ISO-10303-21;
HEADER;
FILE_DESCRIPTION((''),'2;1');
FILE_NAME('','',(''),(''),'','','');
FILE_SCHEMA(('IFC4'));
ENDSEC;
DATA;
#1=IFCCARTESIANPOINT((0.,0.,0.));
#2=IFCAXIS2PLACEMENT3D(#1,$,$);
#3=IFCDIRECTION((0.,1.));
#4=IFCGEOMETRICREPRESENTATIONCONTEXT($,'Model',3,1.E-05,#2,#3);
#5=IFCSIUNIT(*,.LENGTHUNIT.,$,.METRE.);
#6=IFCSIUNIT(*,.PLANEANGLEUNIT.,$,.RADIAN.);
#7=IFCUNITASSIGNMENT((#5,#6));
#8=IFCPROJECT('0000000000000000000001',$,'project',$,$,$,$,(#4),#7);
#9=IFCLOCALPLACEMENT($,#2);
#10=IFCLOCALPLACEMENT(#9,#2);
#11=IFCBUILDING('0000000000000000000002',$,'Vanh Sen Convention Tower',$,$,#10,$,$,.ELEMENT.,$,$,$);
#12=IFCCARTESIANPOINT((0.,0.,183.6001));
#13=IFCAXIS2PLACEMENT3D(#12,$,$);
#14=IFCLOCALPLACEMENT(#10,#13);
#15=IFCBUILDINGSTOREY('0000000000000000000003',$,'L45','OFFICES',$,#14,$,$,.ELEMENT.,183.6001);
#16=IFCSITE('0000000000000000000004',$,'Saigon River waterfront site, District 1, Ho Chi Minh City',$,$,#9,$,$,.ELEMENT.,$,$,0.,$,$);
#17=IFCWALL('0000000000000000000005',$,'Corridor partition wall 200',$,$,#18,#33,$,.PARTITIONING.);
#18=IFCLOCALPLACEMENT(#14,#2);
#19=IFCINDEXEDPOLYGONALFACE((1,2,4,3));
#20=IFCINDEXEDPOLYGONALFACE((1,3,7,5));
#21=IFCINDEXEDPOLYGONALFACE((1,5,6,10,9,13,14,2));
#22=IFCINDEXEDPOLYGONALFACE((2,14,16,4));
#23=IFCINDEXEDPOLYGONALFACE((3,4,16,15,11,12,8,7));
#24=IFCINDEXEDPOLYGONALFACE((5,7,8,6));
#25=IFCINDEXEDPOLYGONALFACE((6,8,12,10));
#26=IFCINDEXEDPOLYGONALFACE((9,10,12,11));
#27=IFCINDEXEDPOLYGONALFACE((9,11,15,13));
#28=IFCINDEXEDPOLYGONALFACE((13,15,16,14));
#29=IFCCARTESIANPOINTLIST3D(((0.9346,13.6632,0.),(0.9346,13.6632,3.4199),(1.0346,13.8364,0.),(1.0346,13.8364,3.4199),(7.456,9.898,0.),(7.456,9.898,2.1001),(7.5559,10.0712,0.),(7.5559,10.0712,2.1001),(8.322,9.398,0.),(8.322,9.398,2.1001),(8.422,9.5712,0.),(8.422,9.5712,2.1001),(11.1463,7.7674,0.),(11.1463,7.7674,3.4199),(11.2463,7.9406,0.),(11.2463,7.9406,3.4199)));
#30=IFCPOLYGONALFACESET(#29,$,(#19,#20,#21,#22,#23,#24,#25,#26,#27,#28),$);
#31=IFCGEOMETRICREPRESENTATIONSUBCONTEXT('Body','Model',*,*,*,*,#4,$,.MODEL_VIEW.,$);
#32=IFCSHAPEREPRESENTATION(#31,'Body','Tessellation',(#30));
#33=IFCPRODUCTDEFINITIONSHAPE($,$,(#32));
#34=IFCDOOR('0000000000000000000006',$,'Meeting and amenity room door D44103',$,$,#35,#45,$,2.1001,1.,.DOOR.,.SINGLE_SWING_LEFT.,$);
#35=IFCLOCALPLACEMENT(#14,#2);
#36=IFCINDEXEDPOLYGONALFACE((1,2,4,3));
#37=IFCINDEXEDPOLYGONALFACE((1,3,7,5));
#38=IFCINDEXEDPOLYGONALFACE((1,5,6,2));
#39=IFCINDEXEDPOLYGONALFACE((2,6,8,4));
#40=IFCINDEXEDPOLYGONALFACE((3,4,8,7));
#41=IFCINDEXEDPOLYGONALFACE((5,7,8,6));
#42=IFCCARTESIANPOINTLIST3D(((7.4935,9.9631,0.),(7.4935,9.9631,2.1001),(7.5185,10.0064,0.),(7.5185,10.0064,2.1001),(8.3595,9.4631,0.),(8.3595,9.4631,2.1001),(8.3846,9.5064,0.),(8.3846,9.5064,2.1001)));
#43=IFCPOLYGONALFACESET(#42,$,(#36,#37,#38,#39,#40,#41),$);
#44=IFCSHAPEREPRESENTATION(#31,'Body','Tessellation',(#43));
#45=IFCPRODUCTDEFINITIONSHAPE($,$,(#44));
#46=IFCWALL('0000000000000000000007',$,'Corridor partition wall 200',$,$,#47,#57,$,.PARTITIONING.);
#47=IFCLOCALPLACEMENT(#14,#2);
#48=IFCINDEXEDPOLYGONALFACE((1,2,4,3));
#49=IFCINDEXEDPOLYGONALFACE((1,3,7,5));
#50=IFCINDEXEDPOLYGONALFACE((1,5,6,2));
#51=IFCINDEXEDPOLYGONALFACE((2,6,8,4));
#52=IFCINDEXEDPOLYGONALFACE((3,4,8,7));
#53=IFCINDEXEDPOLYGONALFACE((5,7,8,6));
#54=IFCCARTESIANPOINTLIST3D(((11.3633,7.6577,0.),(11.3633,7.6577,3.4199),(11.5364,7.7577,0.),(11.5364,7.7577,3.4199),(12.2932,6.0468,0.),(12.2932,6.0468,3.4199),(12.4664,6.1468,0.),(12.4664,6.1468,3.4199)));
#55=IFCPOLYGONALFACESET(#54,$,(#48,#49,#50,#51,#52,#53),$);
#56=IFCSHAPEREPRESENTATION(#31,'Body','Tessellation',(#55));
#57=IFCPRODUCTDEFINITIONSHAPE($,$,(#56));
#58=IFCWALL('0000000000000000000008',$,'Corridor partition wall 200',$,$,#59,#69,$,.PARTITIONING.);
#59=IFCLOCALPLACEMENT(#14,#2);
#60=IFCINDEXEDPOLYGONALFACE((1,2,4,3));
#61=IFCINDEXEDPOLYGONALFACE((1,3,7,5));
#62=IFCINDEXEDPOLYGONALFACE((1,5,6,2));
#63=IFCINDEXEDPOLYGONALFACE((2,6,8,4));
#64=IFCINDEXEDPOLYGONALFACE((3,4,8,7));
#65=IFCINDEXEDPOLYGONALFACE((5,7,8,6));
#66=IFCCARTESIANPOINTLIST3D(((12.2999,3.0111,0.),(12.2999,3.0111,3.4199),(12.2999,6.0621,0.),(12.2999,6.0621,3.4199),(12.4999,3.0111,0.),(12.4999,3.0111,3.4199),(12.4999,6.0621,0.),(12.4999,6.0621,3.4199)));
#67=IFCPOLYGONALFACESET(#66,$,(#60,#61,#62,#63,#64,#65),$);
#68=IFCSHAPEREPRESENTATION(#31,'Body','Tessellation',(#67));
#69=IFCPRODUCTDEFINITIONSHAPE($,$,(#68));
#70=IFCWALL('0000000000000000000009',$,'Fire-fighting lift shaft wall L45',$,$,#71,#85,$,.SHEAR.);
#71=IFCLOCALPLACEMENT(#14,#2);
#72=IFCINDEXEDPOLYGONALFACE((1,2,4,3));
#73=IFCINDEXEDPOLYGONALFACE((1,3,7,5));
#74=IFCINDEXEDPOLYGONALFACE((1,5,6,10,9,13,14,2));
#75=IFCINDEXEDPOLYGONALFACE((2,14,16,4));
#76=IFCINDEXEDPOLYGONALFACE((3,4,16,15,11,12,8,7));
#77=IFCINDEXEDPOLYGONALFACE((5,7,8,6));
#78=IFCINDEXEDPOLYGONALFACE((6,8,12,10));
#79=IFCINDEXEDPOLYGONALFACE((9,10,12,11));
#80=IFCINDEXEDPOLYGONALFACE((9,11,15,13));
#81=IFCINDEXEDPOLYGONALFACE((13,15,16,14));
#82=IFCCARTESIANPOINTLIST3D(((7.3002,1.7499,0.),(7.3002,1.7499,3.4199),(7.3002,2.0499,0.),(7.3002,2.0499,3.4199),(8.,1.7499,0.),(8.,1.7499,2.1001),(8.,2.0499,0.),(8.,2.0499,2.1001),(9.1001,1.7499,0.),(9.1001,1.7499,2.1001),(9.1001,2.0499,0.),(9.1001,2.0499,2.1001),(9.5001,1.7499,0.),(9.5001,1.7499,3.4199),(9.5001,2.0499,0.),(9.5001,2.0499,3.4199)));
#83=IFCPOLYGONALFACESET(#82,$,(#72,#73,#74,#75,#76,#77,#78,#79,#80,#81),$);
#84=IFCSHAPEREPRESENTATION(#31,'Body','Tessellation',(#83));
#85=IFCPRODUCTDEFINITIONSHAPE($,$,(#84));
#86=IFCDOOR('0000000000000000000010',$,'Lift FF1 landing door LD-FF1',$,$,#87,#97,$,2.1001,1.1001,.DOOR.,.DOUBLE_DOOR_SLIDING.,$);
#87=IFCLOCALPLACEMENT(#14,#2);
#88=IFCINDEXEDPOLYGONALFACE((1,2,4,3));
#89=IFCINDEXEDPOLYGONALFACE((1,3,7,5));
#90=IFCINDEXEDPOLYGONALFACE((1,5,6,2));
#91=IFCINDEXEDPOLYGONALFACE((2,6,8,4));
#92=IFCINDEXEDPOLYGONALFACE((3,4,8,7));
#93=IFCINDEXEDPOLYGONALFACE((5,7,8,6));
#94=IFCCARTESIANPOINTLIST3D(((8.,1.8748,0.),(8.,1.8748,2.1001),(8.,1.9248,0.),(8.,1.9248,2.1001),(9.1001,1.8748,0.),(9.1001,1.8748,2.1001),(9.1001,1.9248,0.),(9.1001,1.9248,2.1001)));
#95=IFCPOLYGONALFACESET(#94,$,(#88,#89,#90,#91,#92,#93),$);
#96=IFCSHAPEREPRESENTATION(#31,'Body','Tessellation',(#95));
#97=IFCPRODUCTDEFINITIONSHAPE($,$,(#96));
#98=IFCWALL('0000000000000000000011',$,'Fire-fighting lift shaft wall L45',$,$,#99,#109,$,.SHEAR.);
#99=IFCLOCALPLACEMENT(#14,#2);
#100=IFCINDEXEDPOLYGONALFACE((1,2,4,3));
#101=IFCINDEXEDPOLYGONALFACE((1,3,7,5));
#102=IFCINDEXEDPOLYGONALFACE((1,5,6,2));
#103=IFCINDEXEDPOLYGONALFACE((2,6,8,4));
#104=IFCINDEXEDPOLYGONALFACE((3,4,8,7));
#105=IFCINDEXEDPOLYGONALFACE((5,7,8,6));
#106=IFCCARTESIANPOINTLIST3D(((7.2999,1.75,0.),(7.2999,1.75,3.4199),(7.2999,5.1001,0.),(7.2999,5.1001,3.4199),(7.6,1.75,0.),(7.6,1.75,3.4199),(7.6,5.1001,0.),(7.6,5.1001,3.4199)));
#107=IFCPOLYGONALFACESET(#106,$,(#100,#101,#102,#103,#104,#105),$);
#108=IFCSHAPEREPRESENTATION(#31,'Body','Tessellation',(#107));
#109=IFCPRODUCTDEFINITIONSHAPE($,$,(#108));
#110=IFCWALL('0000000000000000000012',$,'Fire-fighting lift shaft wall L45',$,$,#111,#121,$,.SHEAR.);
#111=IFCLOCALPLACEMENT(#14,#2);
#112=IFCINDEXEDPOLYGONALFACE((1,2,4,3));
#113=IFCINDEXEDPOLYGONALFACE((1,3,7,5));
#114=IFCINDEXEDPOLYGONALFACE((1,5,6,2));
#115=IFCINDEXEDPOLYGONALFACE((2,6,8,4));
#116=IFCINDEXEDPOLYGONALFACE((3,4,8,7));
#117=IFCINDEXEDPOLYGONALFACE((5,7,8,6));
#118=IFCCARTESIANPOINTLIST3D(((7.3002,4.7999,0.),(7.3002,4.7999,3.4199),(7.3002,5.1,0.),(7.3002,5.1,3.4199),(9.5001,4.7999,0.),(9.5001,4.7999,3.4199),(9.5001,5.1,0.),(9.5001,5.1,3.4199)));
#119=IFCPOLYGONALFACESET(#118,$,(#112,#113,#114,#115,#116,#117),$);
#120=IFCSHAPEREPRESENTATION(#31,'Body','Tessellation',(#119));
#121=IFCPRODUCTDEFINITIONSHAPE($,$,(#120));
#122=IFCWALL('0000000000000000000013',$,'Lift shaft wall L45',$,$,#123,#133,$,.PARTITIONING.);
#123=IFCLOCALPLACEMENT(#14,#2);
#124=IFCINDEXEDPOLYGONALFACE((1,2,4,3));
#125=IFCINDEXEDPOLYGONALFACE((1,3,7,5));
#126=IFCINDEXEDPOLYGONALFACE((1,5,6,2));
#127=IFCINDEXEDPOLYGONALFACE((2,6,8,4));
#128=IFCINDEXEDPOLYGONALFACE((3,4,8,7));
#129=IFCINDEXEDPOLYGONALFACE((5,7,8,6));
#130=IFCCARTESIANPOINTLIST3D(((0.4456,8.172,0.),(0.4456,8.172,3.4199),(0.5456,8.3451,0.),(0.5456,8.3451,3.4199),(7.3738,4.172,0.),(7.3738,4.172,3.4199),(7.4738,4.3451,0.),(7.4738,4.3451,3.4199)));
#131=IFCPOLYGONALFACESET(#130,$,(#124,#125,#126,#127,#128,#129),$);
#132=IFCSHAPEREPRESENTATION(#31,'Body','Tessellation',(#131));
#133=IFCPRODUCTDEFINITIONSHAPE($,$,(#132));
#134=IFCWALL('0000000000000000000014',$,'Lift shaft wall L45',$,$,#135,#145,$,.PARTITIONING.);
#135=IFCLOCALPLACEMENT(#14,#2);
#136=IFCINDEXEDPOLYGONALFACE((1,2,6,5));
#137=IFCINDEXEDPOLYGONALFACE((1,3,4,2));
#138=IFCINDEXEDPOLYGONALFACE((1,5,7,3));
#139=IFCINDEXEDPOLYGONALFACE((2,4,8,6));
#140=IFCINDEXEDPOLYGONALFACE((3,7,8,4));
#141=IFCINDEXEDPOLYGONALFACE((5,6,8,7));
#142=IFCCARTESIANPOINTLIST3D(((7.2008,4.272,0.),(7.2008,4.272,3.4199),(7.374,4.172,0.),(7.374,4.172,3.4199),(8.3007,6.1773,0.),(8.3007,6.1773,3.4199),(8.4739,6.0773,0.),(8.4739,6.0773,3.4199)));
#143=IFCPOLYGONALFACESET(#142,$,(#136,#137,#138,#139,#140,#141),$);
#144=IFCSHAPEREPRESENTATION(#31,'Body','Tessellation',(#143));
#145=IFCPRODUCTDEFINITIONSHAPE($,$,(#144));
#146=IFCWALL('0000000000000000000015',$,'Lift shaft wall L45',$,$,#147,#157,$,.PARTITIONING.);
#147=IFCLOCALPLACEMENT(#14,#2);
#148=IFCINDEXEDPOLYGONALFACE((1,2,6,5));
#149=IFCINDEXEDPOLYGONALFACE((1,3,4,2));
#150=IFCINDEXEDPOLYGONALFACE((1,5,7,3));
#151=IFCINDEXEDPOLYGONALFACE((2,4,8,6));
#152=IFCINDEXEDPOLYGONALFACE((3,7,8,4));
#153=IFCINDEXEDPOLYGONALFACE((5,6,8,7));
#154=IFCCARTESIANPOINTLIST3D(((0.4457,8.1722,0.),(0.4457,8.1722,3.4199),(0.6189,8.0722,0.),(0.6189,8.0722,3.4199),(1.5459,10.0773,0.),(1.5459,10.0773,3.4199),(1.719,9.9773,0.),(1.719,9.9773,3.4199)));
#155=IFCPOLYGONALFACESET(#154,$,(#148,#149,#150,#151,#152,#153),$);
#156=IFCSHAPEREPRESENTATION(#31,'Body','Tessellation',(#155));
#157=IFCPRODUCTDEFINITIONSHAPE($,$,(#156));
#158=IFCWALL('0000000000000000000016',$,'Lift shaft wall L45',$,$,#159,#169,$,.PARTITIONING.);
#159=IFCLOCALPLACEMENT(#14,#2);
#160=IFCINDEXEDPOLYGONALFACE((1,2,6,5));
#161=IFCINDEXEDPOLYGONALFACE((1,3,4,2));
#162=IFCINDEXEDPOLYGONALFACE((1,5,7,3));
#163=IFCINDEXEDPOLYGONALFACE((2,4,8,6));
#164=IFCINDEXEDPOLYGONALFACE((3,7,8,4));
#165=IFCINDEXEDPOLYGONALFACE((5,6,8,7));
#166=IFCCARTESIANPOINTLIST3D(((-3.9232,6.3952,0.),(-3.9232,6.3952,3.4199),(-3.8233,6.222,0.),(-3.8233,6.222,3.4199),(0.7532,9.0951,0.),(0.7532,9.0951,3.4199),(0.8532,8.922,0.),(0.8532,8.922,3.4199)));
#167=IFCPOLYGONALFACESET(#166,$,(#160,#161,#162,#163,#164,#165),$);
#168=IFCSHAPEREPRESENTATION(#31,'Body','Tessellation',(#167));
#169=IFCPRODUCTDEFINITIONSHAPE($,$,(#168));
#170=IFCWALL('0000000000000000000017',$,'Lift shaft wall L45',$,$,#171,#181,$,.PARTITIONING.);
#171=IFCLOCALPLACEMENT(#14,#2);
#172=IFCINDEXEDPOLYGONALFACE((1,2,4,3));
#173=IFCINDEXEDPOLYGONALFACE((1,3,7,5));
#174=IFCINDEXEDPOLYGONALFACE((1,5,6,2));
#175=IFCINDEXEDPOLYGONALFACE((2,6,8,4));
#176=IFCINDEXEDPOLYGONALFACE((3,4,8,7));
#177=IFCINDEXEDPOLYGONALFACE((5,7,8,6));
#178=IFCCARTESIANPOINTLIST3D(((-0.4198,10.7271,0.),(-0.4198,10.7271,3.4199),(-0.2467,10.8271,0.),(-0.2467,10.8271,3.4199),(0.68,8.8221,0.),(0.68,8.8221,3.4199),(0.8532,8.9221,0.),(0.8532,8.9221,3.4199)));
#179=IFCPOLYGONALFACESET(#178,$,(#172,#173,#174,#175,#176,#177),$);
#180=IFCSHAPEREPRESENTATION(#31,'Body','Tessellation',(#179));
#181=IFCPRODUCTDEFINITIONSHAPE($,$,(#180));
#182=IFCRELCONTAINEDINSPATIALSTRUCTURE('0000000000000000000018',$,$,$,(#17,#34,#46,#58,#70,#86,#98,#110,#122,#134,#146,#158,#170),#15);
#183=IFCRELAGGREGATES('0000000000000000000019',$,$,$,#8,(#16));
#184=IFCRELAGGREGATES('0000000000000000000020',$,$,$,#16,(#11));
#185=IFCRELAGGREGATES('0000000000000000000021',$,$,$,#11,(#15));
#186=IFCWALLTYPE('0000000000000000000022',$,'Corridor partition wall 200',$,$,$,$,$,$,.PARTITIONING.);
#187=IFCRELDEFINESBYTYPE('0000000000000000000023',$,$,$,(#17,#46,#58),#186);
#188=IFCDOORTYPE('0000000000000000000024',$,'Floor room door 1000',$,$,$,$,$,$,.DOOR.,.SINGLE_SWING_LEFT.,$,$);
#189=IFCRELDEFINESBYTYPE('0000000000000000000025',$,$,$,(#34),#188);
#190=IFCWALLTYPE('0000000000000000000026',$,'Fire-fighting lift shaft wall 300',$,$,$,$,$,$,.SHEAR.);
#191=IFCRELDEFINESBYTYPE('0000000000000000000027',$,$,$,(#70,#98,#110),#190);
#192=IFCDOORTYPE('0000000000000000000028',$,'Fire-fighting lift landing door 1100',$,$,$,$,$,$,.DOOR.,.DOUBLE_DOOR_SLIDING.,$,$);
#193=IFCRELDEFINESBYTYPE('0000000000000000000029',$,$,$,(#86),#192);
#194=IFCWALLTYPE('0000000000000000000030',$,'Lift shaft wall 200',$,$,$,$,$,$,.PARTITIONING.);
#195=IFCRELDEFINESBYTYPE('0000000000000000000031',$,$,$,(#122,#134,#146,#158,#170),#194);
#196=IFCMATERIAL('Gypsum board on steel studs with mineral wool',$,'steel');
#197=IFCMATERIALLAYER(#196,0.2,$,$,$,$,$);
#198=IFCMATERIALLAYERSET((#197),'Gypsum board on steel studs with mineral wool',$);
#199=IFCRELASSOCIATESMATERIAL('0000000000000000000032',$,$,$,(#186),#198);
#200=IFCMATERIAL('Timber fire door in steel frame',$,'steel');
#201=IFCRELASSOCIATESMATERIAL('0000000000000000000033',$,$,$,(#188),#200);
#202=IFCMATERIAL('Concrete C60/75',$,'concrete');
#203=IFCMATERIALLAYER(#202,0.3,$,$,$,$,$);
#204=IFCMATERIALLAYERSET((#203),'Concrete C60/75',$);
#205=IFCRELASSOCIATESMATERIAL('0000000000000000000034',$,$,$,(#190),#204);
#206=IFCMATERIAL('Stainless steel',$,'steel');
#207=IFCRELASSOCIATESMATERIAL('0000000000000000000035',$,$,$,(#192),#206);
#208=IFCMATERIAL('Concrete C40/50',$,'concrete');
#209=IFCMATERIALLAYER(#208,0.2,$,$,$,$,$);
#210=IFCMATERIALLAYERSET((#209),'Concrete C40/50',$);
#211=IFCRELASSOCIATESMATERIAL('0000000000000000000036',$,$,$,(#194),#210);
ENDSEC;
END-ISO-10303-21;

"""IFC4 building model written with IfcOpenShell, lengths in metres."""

from ifc_helpers import new_model, si_unit, direction, frame, frame_2d, origin, place, context, subcontext, project, spatial, rectangle, extrude, material, layer, layer_set, type_object, element, fill, save


model = new_model("IFC4")

# Units and contexts
model_context = context("Model", 3, precision=1e-05, world=origin(), true_north=direction((0.0, 1.0)))
body_context = subcontext(model_context, "Body", "Model", "MODEL_VIEW")
ifc_project = project(units=[si_unit("LENGTHUNIT", "METRE"), si_unit("PLANEANGLEUNIT", "RADIAN")], contexts=[model_context])

# Site, building, storey
site_placement = place(None, origin())
site = spatial("IfcSite", under=ifc_project, at=site_placement, Name="Saigon River waterfront site, District 1, Ho Chi Minh City", CompositionType="ELEMENT", RefElevation=0.0)
building_placement = place(site_placement, origin())
building = spatial("IfcBuilding", under=site, at=building_placement, Name="Vanh Sen Convention Tower", CompositionType="ELEMENT")
storey_placement = place(building_placement, frame((0.0, 0.0, 183.6001)))
storey = spatial("IfcBuildingStorey", under=building, at=storey_placement, Name="L45", Description="OFFICES", CompositionType="ELEMENT", Elevation=183.6001)

# Wall, opening, door
ifc_material_1 = material(Name="Gypsum board on steel studs with mineral wool", Category="steel")
ifc_layer_1 = layer(ifc_material_1, 0.2)
ifc_layer_set_1 = layer_set([ifc_layer_1], Name="Gypsum board on steel studs with mineral wool")
wall_type_1 = type_object("IfcWallType", Name="Corridor partition wall 200", PredefinedType="PARTITIONING", material=ifc_layer_set_1)
wall_1_placement = place(storey_placement, frame((11.1963, 7.854, 0.0), z_axis=(0.0, 0.0, 1.0), x_axis=(-0.866024, 0.500003, 0.0)))
wall_1 = element("IfcWall", 1, at=wall_1_placement, inside=storey, type_object=wall_type_1, Name="Corridor partition wall 200", PredefinedType="PARTITIONING", context=body_context, shape_type="SweptSolid", body=[
    extrude(rectangle(XDim=11.7915, YDim=0.2, at=frame_2d((5.8958, 0.0))), origin(), (0.0, 0.0, 1.0), 3.4199),
])
opening_1_placement = place(wall_1_placement, frame((3.2612, 0.0, 0.0)))
opening_1 = element("IfcOpeningElement", 2, at=opening_1_placement, cuts=wall_1, PredefinedType="OPENING", context=body_context, shape_type="SweptSolid", body=[
    extrude(rectangle(XDim=1.0, YDim=2.1001, at=frame_2d((0.5, 1.05))), frame((0.0, 0.1099, 0.0), z_axis=(0.0, -1.0, 0.0), x_axis=(1.0, 0.0, 0.0)), (0.0, 0.0, 1.0), 0.22),
])
ifc_material_2 = material(Name="Timber fire door in steel frame", Category="steel")
door_type_1 = type_object("IfcDoorType", Name="Floor room door 1000", OperationType="SINGLE_SWING_LEFT", PredefinedType="DOOR", material=ifc_material_2)
door_1_placement = place(opening_1_placement, origin())
door_1 = element("IfcDoor", 3, at=door_1_placement, inside=storey, type_object=door_type_1, Name="Meeting and amenity room door D44103", OperationType="SINGLE_SWING_LEFT", OverallHeight=2.1001, OverallWidth=1.0, PredefinedType="DOOR", context=body_context, shape_type="SweptSolid", body=[
    extrude(rectangle(XDim=1.0, YDim=2.1001, at=frame_2d((0.5, 1.05))), frame((0.0, 0.0249, 0.0), z_axis=(0.0, -1.0, 0.0), x_axis=(1.0, 0.0, 0.0)), (0.0, 0.0, 1.0), 0.05),
])
fill(opening_1, door_1)

# Walls
wall_2_placement = place(storey_placement, frame((12.3799, 6.0967, 0.0), z_axis=(0.0, 0.0, 1.0), x_axis=(-0.499965, 0.866046, 0.0)))
element("IfcWall", 4, at=wall_2_placement, inside=storey, type_object=wall_type_1, Name="Corridor partition wall 200", PredefinedType="PARTITIONING", context=body_context, shape_type="SweptSolid", body=[
    extrude(rectangle(XDim=1.8601, YDim=0.2, at=frame_2d((0.9302, 0.0))), origin(), (0.0, 0.0, 1.0), 3.4199),
])
wall_3_placement = place(storey_placement, frame((12.3999, 3.0112, 0.0), z_axis=(0.0, 0.0, 1.0), x_axis=(0.0, 1.0, 0.0)))
element("IfcWall", 5, at=wall_3_placement, inside=storey, type_object=wall_type_1, Name="Corridor partition wall 200", PredefinedType="PARTITIONING", context=body_context, shape_type="SweptSolid", body=[
    extrude(rectangle(XDim=3.051, YDim=0.2, at=frame_2d((1.5254, 0.0))), origin(), (0.0, 0.0, 1.0), 3.4199),
])

# Wall, opening, door
ifc_material_3 = material(Name="Concrete C60/75", Category="concrete")
ifc_layer_2 = layer(ifc_material_3, 0.3)
ifc_layer_set_2 = layer_set([ifc_layer_2], Name="Concrete C60/75")
wall_type_2 = type_object("IfcWallType", Name="Fire-fighting lift shaft wall 300", PredefinedType="SHEAR", material=ifc_layer_set_2)
wall_4_placement = place(storey_placement, frame((7.3, 1.8999, 0.0), z_axis=(0.0, 0.0, 1.0), x_axis=(1.0, 0.0, 0.0)))
wall_4 = element("IfcWall", 6, at=wall_4_placement, inside=storey, type_object=wall_type_2, Name="Fire-fighting lift shaft wall L45", PredefinedType="SHEAR", context=body_context, shape_type="SweptSolid", body=[
    extrude(rectangle(XDim=2.2, YDim=0.3, at=frame_2d((1.1001, 0.0))), origin(), (0.0, 0.0, 1.0), 3.4199),
])
opening_2_placement = place(wall_4_placement, frame((0.7, 0.0, 0.0)))
opening_2 = element("IfcOpeningElement", 7, at=opening_2_placement, cuts=wall_4, PredefinedType="OPENING", context=body_context, shape_type="SweptSolid", body=[
    extrude(rectangle(XDim=1.1001, YDim=2.1001, at=frame_2d((0.55, 1.05))), frame((0.0, 0.1599, 0.0), z_axis=(0.0, -1.0, 0.0), x_axis=(1.0, 0.0, 0.0)), (0.0, 0.0, 1.0), 0.3201),
])
ifc_material_4 = material(Name="Stainless steel", Category="steel")
door_type_2 = type_object("IfcDoorType", Name="Fire-fighting lift landing door 1100", OperationType="DOUBLE_DOOR_SLIDING", PredefinedType="DOOR", material=ifc_material_4)
door_2_placement = place(opening_2_placement, origin())
door_2 = element("IfcDoor", 8, at=door_2_placement, inside=storey, type_object=door_type_2, Name="Lift FF1 landing door LD-FF1", OperationType="DOUBLE_DOOR_SLIDING", OverallHeight=2.1001, OverallWidth=1.1001, PredefinedType="DOOR", context=body_context, shape_type="SweptSolid", body=[
    extrude(rectangle(XDim=1.1001, YDim=2.1001, at=frame_2d((0.55, 1.05))), frame((0.0, 0.0249, 0.0), z_axis=(0.0, -1.0, 0.0), x_axis=(1.0, 0.0, 0.0)), (0.0, 0.0, 1.0), 0.05),
])
fill(opening_2, door_2)

# Walls
wall_5_placement = place(storey_placement, frame((7.45, 1.75, 0.0), z_axis=(0.0, 0.0, 1.0), x_axis=(0.0, 1.0, 0.0)))
element("IfcWall", 9, at=wall_5_placement, inside=storey, type_object=wall_type_2, Name="Fire-fighting lift shaft wall L45", PredefinedType="SHEAR", context=body_context, shape_type="SweptSolid", body=[
    extrude(rectangle(XDim=3.3501, YDim=0.3, at=frame_2d((1.675, 0.0))), origin(), (0.0, 0.0, 1.0), 3.4199),
])
wall_6_placement = place(storey_placement, frame((7.3, 4.95, 0.0), z_axis=(0.0, 0.0, 1.0), x_axis=(1.0, 0.0, 0.0)))
element("IfcWall", 10, at=wall_6_placement, inside=storey, type_object=wall_type_2, Name="Fire-fighting lift shaft wall L45", PredefinedType="SHEAR", context=body_context, shape_type="SweptSolid", body=[
    extrude(rectangle(XDim=2.2, YDim=0.3, at=frame_2d((1.1001, 0.0))), origin(), (0.0, 0.0, 1.0), 3.4199),
])
ifc_material_5 = material(Name="Concrete C40/50", Category="concrete")
ifc_layer_3 = layer(ifc_material_5, 0.2)
ifc_layer_set_3 = layer_set([ifc_layer_3], Name="Concrete C40/50")
wall_type_3 = type_object("IfcWallType", Name="Lift shaft wall 200", PredefinedType="PARTITIONING", material=ifc_layer_set_3)
wall_7_placement = place(storey_placement, frame((7.4238, 4.2585, 0.0), z_axis=(0.0, 0.0, 1.0), x_axis=(-0.866026, 0.499999, 0.0)))
element("IfcWall", 11, at=wall_7_placement, inside=storey, type_object=wall_type_3, Name="Lift shaft wall L45", PredefinedType="PARTITIONING", context=body_context, shape_type="SweptSolid", body=[
    extrude(rectangle(XDim=8.0, YDim=0.2, at=frame_2d((4.0, 0.0))), origin(), (0.0, 0.0, 1.0), 3.4199),
])
for number, where, z_axis, x_axis, name in (
    (12, (7.2874, 4.2219, 0.0), (0.0, 0.0, 1.0), (0.499947, 0.866056, 0.0), "Lift shaft wall L45"),
    (13, (0.5322, 8.1221, 0.0), (0.0, 0.0, 1.0), (0.500078, 0.86598, 0.0), "Lift shaft wall L45"),
):
    element("IfcWall", number, at=place(storey_placement, frame(where, z_axis=z_axis, x_axis=x_axis)), inside=storey, type_object=wall_type_3, Name=name, PredefinedType="PARTITIONING", context=body_context, shape_type="SweptSolid", body=[
        extrude(rectangle(XDim=2.2, YDim=0.2, at=frame_2d((1.1001, 0.0))), origin(), (0.0, 0.0, 1.0), 3.4199),
    ])
wall_8_placement = place(storey_placement, frame((0.8032, 9.0085, 0.0), z_axis=(0.0, 0.0, 1.0), x_axis=(-0.866028, -0.499995, 0.0)))
element("IfcWall", 14, at=wall_8_placement, inside=storey, type_object=wall_type_3, Name="Lift shaft wall L45", PredefinedType="PARTITIONING", context=body_context, shape_type="SweptSolid", body=[
    extrude(rectangle(XDim=5.3999, YDim=0.2, at=frame_2d((2.7, 0.0))), origin(), (0.0, 0.0, 1.0), 3.4199),
])
wall_9_placement = place(storey_placement, frame((0.7666, 8.8721, 0.0), z_axis=(0.0, 0.0, 1.0), x_axis=(-0.499995, 0.866028, 0.0)))
element("IfcWall", 15, at=wall_9_placement, inside=storey, type_object=wall_type_3, Name="Lift shaft wall L45", PredefinedType="PARTITIONING", context=body_context, shape_type="SweptSolid", body=[
    extrude(rectangle(XDim=2.1997, YDim=0.2, at=frame_2d((1.0999, 0.0))), origin(), (0.0, 0.0, 1.0), 3.4199),
])

save(model, "model.ifc")
